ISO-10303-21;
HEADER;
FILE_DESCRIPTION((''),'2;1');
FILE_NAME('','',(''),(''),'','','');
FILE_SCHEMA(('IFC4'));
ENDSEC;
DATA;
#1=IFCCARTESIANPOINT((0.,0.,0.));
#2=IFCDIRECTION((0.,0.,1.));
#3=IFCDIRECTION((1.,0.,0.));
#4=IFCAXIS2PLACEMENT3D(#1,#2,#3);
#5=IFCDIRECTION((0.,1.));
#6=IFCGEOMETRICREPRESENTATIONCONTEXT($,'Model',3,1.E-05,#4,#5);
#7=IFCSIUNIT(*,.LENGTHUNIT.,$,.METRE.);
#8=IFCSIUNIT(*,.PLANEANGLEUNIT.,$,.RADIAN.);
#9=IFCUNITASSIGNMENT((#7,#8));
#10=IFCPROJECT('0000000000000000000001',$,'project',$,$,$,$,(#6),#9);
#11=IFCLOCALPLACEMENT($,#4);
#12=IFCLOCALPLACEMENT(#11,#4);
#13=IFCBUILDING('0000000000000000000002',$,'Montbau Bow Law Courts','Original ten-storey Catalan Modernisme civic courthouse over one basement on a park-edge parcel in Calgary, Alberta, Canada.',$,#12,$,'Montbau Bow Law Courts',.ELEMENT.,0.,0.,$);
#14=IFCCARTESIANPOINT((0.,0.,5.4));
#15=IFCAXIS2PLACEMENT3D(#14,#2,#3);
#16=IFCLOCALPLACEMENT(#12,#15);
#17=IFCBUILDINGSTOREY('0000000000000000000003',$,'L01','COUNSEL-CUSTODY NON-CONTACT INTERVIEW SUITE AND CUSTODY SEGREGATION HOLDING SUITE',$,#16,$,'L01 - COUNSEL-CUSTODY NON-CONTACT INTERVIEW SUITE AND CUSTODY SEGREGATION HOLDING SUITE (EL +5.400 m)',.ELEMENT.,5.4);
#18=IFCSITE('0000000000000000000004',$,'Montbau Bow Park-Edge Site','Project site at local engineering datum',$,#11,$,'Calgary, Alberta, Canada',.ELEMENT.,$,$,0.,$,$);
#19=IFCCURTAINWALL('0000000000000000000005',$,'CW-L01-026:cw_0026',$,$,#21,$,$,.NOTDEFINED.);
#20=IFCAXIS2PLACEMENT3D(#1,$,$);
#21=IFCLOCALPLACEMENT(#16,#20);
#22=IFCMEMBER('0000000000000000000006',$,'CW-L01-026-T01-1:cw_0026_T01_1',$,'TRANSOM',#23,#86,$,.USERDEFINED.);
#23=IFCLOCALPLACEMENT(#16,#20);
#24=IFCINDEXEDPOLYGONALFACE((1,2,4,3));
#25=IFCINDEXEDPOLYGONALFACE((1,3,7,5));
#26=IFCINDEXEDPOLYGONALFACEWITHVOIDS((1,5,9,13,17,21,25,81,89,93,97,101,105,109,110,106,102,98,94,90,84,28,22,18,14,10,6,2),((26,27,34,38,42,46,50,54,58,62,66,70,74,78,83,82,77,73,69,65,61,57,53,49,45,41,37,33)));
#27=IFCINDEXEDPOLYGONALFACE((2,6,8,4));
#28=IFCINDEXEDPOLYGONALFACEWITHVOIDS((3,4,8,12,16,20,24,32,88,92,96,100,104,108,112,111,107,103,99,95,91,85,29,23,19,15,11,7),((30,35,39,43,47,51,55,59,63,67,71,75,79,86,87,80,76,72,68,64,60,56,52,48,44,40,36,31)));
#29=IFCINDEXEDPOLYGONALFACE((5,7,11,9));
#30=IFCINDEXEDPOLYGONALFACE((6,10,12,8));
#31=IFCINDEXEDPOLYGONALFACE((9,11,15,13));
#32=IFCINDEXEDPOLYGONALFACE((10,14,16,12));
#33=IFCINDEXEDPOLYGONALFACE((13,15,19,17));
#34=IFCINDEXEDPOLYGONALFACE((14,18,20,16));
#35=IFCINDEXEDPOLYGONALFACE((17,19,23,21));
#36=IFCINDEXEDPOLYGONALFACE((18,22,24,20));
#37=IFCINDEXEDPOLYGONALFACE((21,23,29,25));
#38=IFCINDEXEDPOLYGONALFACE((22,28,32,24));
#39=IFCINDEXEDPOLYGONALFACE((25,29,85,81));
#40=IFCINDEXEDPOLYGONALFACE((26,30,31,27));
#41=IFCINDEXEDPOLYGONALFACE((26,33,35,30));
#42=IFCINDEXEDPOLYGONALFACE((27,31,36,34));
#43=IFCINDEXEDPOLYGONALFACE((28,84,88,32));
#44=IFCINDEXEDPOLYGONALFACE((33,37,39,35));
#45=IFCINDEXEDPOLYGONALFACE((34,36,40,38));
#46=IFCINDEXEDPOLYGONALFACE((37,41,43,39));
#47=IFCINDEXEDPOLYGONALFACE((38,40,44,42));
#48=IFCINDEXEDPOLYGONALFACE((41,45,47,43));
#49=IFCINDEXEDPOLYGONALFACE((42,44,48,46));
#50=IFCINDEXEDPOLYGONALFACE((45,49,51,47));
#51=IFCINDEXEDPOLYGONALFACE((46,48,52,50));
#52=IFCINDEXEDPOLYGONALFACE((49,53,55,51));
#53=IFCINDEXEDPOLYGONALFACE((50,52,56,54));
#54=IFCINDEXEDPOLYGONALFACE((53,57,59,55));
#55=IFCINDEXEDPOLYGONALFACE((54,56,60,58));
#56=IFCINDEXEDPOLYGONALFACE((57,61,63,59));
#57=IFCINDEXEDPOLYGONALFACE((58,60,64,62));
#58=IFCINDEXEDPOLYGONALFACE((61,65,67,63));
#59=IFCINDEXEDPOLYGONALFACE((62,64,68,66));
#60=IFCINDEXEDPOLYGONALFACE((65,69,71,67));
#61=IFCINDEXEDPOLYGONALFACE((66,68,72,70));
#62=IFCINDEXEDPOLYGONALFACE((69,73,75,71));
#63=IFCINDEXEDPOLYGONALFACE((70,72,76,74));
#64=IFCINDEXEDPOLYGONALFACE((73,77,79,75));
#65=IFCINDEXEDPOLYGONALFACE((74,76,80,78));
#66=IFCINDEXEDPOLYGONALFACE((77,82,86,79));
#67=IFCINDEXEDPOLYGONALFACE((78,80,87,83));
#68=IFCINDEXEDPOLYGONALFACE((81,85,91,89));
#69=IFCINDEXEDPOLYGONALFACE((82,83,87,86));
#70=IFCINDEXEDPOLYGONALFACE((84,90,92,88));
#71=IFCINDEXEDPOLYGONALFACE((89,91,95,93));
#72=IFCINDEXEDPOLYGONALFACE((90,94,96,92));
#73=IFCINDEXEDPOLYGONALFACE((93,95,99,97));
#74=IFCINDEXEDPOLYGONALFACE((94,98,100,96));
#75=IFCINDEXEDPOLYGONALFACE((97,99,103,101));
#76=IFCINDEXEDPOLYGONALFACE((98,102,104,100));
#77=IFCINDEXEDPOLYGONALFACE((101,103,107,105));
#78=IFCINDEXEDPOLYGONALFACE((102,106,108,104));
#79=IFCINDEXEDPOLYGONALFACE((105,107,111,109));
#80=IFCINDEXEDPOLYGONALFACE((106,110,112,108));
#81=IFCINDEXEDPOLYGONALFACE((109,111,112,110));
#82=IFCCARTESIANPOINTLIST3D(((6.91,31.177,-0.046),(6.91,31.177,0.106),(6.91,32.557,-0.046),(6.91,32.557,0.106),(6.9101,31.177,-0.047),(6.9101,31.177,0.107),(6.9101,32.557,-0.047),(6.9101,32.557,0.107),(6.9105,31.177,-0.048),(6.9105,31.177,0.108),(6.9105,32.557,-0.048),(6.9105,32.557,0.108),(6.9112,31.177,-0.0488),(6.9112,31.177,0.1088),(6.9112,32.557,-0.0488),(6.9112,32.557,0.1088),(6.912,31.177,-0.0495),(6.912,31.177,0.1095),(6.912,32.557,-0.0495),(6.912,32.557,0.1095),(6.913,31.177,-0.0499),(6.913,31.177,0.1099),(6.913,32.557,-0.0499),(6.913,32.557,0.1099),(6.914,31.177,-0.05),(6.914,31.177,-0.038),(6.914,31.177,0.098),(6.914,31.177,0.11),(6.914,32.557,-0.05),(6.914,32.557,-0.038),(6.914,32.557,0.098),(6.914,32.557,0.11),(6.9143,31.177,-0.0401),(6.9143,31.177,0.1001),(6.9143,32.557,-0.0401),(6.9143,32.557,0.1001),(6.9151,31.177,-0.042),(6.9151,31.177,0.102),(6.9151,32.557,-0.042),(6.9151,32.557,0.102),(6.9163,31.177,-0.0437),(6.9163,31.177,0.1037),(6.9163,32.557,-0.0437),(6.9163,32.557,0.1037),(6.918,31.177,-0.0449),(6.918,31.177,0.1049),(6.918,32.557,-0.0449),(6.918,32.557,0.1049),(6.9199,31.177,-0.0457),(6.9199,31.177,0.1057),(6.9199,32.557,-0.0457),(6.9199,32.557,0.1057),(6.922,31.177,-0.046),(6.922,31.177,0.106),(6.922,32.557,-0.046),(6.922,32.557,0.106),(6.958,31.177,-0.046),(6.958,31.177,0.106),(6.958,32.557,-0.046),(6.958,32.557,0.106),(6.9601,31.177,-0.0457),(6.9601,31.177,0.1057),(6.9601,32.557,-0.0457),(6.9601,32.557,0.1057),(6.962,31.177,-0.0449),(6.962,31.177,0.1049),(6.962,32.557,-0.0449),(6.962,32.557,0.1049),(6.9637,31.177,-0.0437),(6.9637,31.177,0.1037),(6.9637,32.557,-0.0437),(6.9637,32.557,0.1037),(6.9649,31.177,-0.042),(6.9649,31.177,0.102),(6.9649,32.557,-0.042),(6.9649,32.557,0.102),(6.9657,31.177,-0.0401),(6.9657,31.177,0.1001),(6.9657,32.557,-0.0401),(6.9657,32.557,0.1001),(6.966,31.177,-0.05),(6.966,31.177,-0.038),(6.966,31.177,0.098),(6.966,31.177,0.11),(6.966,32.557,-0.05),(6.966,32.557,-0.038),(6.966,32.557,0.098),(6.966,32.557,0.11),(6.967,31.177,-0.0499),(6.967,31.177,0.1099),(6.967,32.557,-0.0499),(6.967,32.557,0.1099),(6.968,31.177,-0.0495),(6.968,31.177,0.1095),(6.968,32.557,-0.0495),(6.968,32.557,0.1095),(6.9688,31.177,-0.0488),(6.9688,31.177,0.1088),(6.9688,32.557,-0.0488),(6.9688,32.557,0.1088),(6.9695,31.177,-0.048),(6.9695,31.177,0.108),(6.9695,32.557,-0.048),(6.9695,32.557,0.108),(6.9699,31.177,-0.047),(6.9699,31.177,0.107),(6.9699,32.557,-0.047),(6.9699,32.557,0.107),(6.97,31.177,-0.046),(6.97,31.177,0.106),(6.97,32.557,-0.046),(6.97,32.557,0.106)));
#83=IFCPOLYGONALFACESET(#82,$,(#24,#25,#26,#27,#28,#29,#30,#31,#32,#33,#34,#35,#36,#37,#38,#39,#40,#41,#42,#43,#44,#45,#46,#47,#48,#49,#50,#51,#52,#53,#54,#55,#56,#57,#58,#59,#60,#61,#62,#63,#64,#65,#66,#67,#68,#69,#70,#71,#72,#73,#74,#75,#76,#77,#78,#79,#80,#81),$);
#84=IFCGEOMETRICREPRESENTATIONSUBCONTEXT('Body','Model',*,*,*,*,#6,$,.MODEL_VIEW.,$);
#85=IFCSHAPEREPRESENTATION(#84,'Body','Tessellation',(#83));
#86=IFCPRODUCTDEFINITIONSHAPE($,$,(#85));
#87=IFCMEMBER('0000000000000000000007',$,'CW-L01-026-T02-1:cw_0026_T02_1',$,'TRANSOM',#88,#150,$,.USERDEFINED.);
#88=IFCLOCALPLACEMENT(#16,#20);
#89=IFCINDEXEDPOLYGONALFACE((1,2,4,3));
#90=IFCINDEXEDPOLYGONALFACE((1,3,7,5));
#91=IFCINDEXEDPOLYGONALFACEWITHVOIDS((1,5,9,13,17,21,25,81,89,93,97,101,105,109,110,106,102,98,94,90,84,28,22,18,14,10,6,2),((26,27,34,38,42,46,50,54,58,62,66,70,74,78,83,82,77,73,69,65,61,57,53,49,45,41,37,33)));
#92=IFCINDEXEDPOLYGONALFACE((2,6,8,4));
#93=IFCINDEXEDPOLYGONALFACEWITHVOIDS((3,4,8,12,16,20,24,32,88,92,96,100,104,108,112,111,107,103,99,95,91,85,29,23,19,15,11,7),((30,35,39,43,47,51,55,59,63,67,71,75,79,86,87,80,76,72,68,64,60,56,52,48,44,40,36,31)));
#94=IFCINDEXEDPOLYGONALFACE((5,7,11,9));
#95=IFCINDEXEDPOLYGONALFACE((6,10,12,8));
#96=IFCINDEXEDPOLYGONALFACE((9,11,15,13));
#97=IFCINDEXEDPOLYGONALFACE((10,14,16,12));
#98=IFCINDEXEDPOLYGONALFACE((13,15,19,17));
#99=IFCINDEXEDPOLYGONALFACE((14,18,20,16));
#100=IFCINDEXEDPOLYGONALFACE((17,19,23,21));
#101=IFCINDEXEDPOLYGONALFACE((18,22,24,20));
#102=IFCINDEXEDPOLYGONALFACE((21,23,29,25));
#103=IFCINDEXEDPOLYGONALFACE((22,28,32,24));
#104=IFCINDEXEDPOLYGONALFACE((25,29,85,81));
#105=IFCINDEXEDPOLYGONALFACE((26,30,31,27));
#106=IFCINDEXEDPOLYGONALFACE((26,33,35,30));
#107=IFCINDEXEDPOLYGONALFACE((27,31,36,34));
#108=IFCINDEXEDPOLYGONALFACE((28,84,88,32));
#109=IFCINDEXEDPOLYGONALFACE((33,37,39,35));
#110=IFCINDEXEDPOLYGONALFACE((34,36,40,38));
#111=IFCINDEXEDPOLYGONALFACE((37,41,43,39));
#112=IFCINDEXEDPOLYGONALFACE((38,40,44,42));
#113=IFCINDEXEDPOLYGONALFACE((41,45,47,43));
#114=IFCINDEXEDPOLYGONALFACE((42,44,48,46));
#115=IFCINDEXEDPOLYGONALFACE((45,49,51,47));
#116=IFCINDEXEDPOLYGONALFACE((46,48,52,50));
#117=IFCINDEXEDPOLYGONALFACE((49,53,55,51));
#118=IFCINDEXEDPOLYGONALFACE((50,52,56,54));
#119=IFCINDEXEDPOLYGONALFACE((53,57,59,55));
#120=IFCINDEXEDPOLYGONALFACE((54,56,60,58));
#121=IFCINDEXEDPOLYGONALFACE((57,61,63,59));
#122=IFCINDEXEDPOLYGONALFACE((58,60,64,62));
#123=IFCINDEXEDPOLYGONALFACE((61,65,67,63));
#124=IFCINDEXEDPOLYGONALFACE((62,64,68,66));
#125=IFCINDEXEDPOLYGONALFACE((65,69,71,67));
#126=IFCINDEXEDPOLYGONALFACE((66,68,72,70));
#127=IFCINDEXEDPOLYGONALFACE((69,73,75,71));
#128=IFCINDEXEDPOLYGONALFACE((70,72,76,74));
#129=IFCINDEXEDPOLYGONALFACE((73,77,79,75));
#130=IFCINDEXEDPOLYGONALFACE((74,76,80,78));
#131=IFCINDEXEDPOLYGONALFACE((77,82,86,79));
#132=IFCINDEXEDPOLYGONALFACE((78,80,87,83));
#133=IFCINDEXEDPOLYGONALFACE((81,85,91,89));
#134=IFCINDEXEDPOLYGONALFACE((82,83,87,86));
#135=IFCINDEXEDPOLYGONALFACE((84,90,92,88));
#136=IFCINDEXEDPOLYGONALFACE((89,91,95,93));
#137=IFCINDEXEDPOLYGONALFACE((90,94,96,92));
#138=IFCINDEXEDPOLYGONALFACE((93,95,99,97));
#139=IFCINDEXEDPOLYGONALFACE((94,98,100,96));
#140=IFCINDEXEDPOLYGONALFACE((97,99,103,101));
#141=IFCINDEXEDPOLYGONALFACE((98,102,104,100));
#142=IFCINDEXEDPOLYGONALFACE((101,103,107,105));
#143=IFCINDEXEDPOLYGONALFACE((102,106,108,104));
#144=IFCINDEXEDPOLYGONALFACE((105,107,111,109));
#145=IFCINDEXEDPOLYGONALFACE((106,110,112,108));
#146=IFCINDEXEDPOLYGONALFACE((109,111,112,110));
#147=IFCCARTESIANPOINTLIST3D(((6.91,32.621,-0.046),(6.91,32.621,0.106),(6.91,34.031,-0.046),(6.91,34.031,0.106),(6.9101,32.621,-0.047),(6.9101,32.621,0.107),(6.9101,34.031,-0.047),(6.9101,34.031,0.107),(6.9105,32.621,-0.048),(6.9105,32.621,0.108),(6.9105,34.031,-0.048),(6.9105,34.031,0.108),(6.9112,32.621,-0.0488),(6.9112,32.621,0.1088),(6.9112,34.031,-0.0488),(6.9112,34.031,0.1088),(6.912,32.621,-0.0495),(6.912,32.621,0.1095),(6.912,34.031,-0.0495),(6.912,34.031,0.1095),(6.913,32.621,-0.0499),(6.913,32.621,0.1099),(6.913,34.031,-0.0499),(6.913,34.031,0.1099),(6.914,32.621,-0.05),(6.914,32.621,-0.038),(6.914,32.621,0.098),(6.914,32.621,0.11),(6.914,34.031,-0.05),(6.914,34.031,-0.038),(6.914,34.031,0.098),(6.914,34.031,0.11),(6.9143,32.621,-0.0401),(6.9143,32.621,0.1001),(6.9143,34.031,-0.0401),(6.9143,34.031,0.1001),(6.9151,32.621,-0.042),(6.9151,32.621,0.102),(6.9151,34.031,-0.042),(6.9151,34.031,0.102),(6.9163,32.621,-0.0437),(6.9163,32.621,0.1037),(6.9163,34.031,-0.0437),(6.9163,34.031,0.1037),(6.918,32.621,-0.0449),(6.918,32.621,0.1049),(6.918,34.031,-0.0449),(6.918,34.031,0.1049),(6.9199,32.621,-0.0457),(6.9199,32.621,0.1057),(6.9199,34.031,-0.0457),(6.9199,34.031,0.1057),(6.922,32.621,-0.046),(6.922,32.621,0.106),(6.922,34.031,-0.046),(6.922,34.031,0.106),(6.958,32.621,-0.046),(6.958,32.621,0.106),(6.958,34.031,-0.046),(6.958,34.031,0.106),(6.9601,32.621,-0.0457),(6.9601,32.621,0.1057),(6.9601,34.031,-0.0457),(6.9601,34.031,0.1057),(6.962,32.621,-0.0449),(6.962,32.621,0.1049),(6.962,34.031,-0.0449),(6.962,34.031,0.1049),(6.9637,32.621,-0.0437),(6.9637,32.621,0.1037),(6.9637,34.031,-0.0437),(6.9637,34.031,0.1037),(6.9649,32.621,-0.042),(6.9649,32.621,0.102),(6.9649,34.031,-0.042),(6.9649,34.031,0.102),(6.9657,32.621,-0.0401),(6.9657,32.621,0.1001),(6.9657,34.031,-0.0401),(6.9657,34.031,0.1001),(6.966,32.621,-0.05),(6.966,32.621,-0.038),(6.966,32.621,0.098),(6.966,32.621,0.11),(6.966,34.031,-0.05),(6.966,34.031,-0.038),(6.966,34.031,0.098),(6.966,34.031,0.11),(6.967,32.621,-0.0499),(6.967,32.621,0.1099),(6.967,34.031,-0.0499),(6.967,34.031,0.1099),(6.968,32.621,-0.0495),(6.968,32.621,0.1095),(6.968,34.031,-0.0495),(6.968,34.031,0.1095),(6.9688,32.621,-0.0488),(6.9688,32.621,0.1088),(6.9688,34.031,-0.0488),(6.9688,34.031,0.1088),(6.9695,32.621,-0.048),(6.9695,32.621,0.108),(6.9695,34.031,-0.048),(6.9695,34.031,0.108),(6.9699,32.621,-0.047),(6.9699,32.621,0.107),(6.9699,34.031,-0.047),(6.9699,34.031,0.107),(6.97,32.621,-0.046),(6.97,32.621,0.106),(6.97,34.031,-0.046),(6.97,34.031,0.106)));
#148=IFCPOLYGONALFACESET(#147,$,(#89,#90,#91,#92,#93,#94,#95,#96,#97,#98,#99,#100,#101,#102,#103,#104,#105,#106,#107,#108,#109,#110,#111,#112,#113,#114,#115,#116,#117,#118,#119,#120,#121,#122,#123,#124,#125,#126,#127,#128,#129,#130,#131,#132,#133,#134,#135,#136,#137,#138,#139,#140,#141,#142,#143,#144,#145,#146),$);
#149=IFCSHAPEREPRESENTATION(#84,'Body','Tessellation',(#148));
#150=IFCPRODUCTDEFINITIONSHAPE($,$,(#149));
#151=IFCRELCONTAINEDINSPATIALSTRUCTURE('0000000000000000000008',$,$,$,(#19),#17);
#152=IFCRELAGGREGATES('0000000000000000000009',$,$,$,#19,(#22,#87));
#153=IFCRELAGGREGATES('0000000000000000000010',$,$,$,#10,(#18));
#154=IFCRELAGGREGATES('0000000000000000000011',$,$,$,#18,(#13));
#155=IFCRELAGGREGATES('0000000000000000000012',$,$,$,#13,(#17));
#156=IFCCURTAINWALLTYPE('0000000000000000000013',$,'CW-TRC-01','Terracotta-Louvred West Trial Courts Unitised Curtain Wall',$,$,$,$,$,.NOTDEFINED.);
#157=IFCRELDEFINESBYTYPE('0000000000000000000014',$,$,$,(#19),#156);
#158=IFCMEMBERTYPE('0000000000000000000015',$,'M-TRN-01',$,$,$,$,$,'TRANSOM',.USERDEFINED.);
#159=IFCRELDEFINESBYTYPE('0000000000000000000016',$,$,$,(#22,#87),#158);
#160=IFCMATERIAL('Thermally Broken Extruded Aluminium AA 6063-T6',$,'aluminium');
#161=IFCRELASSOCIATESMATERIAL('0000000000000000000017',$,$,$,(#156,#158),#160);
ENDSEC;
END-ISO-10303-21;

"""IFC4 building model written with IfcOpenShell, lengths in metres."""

from ifc_helpers import new_model, si_unit, direction, frame, origin_with_axes, origin_2d_with_axis, place, context, subcontext, project, spatial, hollow_rectangle, extrude, material, material_profile, profile_set, type_object, element, aggregate, save


model = new_model("IFC4")

# Units and contexts
model_context = context("Model", 3, precision=1e-05, world=origin_with_axes(), true_north=direction((0.0, 1.0)))
body_context = subcontext(model_context, "Body", "Model", "MODEL_VIEW")
ifc_project = project(units=[si_unit("LENGTHUNIT", "METRE"), si_unit("PLANEANGLEUNIT", "RADIAN")], contexts=[model_context])

# Site, building, storey
site_placement = place(None, origin_with_axes())
site = spatial("IfcSite", under=ifc_project, at=site_placement, Name="Montbau Bow Park-Edge Site", Description="Project site at local engineering datum", LongName="Calgary, Alberta, Canada", CompositionType="ELEMENT", RefElevation=0.0)
building_placement = place(site_placement, origin_with_axes())
building = spatial("IfcBuilding", under=site, at=building_placement, Name="Montbau Bow Law Courts", Description="Original ten-storey Catalan Modernisme civic courthouse over one basement on a park-edge parcel in Calgary, Alberta, Canada.", LongName="Montbau Bow Law Courts", CompositionType="ELEMENT", ElevationOfRefHeight=0.0, ElevationOfTerrain=0.0)
storey_placement = place(building_placement, frame((0.0, 0.0, 5.4), z_axis=(0.0, 0.0, 1.0), x_axis=(1.0, 0.0, 0.0)))
storey = spatial("IfcBuildingStorey", under=building, at=storey_placement, Name="L01", Description="COUNSEL-CUSTODY NON-CONTACT INTERVIEW SUITE AND CUSTODY SEGREGATION HOLDING SUITE", LongName="L01 - COUNSEL-CUSTODY NON-CONTACT INTERVIEW SUITE AND CUSTODY SEGREGATION HOLDING SUITE (EL +5.400 m)", CompositionType="ELEMENT", Elevation=5.4)

# Curtain wall
ifc_material_1 = material(Name="Thermally Broken Extruded Aluminium AA 6063-T6", Category="aluminium")
curtain_wall_type = type_object("IfcCurtainWallType", Name="CW-TRC-01", Description="Terracotta-Louvred West Trial Courts Unitised Curtain Wall", PredefinedType="NOTDEFINED", material=ifc_material_1)
curtain_wall_1_placement = place(None, frame((6.94, 31.115, 5.4), z_axis=(0.0, 0.0, 1.0), x_axis=(1.0, 0.0, 0.0)))
curtain_wall_1 = element("IfcCurtainWall", 1, at=curtain_wall_1_placement, inside=storey, type_object=curtain_wall_type, Name="CW-L01-026:cw_0026", PredefinedType="NOTDEFINED")

# Members
ifc_material_profile_1 = material_profile(ifc_material_1, hollow_rectangle(XDim=0.06, YDim=0.16, WallThickness=0.004, InnerFilletRadius=0.008, OuterFilletRadius=0.004, at=origin_2d_with_axis()), Name="CWT-160X60", Category="Main", Priority=0)
ifc_profile_set_1 = profile_set([ifc_material_profile_1], Name="Thermally Broken Extruded Aluminium AA 6063-T6")
member_type_1 = type_object("IfcMemberType", Name="M-TRN-01", ElementType="TRANSOM", PredefinedType="USERDEFINED", material=ifc_profile_set_1)
member_1_placement = place(None, frame((6.94, 31.177, 5.43), z_axis=(0.0, 1.0, 0.0), x_axis=(-1.0, 0.0, 0.0)))
member_1 = element("IfcMember", 2, at=member_1_placement, type_object=member_type_1, Name="CW-L01-026-T01-1:cw_0026_T01_1", ObjectType="TRANSOM", PredefinedType="USERDEFINED", context=body_context, shape_type="SweptSolid", body=[
    extrude(hollow_rectangle(XDim=0.06, YDim=0.16, WallThickness=0.004, InnerFilletRadius=0.008, OuterFilletRadius=0.004, at=origin_2d_with_axis()), origin_with_axes(), (0.0, 0.0, 1.0), 1.38),
])
member_2_placement = place(None, frame((6.94, 32.621, 5.43), z_axis=(0.0, 1.0, 0.0), x_axis=(-1.0, 0.0, 0.0)))
member_2 = element("IfcMember", 3, at=member_2_placement, type_object=member_type_1, Name="CW-L01-026-T02-1:cw_0026_T02_1", ObjectType="TRANSOM", PredefinedType="USERDEFINED", context=body_context, shape_type="SweptSolid", body=[
    extrude(hollow_rectangle(XDim=0.06, YDim=0.16, WallThickness=0.004, InnerFilletRadius=0.008, OuterFilletRadius=0.004, at=origin_2d_with_axis()), origin_with_axes(), (0.0, 0.0, 1.0), 1.41),
])
aggregate(curtain_wall_1, [member_1, member_2])

save(model, "model.ifc")
